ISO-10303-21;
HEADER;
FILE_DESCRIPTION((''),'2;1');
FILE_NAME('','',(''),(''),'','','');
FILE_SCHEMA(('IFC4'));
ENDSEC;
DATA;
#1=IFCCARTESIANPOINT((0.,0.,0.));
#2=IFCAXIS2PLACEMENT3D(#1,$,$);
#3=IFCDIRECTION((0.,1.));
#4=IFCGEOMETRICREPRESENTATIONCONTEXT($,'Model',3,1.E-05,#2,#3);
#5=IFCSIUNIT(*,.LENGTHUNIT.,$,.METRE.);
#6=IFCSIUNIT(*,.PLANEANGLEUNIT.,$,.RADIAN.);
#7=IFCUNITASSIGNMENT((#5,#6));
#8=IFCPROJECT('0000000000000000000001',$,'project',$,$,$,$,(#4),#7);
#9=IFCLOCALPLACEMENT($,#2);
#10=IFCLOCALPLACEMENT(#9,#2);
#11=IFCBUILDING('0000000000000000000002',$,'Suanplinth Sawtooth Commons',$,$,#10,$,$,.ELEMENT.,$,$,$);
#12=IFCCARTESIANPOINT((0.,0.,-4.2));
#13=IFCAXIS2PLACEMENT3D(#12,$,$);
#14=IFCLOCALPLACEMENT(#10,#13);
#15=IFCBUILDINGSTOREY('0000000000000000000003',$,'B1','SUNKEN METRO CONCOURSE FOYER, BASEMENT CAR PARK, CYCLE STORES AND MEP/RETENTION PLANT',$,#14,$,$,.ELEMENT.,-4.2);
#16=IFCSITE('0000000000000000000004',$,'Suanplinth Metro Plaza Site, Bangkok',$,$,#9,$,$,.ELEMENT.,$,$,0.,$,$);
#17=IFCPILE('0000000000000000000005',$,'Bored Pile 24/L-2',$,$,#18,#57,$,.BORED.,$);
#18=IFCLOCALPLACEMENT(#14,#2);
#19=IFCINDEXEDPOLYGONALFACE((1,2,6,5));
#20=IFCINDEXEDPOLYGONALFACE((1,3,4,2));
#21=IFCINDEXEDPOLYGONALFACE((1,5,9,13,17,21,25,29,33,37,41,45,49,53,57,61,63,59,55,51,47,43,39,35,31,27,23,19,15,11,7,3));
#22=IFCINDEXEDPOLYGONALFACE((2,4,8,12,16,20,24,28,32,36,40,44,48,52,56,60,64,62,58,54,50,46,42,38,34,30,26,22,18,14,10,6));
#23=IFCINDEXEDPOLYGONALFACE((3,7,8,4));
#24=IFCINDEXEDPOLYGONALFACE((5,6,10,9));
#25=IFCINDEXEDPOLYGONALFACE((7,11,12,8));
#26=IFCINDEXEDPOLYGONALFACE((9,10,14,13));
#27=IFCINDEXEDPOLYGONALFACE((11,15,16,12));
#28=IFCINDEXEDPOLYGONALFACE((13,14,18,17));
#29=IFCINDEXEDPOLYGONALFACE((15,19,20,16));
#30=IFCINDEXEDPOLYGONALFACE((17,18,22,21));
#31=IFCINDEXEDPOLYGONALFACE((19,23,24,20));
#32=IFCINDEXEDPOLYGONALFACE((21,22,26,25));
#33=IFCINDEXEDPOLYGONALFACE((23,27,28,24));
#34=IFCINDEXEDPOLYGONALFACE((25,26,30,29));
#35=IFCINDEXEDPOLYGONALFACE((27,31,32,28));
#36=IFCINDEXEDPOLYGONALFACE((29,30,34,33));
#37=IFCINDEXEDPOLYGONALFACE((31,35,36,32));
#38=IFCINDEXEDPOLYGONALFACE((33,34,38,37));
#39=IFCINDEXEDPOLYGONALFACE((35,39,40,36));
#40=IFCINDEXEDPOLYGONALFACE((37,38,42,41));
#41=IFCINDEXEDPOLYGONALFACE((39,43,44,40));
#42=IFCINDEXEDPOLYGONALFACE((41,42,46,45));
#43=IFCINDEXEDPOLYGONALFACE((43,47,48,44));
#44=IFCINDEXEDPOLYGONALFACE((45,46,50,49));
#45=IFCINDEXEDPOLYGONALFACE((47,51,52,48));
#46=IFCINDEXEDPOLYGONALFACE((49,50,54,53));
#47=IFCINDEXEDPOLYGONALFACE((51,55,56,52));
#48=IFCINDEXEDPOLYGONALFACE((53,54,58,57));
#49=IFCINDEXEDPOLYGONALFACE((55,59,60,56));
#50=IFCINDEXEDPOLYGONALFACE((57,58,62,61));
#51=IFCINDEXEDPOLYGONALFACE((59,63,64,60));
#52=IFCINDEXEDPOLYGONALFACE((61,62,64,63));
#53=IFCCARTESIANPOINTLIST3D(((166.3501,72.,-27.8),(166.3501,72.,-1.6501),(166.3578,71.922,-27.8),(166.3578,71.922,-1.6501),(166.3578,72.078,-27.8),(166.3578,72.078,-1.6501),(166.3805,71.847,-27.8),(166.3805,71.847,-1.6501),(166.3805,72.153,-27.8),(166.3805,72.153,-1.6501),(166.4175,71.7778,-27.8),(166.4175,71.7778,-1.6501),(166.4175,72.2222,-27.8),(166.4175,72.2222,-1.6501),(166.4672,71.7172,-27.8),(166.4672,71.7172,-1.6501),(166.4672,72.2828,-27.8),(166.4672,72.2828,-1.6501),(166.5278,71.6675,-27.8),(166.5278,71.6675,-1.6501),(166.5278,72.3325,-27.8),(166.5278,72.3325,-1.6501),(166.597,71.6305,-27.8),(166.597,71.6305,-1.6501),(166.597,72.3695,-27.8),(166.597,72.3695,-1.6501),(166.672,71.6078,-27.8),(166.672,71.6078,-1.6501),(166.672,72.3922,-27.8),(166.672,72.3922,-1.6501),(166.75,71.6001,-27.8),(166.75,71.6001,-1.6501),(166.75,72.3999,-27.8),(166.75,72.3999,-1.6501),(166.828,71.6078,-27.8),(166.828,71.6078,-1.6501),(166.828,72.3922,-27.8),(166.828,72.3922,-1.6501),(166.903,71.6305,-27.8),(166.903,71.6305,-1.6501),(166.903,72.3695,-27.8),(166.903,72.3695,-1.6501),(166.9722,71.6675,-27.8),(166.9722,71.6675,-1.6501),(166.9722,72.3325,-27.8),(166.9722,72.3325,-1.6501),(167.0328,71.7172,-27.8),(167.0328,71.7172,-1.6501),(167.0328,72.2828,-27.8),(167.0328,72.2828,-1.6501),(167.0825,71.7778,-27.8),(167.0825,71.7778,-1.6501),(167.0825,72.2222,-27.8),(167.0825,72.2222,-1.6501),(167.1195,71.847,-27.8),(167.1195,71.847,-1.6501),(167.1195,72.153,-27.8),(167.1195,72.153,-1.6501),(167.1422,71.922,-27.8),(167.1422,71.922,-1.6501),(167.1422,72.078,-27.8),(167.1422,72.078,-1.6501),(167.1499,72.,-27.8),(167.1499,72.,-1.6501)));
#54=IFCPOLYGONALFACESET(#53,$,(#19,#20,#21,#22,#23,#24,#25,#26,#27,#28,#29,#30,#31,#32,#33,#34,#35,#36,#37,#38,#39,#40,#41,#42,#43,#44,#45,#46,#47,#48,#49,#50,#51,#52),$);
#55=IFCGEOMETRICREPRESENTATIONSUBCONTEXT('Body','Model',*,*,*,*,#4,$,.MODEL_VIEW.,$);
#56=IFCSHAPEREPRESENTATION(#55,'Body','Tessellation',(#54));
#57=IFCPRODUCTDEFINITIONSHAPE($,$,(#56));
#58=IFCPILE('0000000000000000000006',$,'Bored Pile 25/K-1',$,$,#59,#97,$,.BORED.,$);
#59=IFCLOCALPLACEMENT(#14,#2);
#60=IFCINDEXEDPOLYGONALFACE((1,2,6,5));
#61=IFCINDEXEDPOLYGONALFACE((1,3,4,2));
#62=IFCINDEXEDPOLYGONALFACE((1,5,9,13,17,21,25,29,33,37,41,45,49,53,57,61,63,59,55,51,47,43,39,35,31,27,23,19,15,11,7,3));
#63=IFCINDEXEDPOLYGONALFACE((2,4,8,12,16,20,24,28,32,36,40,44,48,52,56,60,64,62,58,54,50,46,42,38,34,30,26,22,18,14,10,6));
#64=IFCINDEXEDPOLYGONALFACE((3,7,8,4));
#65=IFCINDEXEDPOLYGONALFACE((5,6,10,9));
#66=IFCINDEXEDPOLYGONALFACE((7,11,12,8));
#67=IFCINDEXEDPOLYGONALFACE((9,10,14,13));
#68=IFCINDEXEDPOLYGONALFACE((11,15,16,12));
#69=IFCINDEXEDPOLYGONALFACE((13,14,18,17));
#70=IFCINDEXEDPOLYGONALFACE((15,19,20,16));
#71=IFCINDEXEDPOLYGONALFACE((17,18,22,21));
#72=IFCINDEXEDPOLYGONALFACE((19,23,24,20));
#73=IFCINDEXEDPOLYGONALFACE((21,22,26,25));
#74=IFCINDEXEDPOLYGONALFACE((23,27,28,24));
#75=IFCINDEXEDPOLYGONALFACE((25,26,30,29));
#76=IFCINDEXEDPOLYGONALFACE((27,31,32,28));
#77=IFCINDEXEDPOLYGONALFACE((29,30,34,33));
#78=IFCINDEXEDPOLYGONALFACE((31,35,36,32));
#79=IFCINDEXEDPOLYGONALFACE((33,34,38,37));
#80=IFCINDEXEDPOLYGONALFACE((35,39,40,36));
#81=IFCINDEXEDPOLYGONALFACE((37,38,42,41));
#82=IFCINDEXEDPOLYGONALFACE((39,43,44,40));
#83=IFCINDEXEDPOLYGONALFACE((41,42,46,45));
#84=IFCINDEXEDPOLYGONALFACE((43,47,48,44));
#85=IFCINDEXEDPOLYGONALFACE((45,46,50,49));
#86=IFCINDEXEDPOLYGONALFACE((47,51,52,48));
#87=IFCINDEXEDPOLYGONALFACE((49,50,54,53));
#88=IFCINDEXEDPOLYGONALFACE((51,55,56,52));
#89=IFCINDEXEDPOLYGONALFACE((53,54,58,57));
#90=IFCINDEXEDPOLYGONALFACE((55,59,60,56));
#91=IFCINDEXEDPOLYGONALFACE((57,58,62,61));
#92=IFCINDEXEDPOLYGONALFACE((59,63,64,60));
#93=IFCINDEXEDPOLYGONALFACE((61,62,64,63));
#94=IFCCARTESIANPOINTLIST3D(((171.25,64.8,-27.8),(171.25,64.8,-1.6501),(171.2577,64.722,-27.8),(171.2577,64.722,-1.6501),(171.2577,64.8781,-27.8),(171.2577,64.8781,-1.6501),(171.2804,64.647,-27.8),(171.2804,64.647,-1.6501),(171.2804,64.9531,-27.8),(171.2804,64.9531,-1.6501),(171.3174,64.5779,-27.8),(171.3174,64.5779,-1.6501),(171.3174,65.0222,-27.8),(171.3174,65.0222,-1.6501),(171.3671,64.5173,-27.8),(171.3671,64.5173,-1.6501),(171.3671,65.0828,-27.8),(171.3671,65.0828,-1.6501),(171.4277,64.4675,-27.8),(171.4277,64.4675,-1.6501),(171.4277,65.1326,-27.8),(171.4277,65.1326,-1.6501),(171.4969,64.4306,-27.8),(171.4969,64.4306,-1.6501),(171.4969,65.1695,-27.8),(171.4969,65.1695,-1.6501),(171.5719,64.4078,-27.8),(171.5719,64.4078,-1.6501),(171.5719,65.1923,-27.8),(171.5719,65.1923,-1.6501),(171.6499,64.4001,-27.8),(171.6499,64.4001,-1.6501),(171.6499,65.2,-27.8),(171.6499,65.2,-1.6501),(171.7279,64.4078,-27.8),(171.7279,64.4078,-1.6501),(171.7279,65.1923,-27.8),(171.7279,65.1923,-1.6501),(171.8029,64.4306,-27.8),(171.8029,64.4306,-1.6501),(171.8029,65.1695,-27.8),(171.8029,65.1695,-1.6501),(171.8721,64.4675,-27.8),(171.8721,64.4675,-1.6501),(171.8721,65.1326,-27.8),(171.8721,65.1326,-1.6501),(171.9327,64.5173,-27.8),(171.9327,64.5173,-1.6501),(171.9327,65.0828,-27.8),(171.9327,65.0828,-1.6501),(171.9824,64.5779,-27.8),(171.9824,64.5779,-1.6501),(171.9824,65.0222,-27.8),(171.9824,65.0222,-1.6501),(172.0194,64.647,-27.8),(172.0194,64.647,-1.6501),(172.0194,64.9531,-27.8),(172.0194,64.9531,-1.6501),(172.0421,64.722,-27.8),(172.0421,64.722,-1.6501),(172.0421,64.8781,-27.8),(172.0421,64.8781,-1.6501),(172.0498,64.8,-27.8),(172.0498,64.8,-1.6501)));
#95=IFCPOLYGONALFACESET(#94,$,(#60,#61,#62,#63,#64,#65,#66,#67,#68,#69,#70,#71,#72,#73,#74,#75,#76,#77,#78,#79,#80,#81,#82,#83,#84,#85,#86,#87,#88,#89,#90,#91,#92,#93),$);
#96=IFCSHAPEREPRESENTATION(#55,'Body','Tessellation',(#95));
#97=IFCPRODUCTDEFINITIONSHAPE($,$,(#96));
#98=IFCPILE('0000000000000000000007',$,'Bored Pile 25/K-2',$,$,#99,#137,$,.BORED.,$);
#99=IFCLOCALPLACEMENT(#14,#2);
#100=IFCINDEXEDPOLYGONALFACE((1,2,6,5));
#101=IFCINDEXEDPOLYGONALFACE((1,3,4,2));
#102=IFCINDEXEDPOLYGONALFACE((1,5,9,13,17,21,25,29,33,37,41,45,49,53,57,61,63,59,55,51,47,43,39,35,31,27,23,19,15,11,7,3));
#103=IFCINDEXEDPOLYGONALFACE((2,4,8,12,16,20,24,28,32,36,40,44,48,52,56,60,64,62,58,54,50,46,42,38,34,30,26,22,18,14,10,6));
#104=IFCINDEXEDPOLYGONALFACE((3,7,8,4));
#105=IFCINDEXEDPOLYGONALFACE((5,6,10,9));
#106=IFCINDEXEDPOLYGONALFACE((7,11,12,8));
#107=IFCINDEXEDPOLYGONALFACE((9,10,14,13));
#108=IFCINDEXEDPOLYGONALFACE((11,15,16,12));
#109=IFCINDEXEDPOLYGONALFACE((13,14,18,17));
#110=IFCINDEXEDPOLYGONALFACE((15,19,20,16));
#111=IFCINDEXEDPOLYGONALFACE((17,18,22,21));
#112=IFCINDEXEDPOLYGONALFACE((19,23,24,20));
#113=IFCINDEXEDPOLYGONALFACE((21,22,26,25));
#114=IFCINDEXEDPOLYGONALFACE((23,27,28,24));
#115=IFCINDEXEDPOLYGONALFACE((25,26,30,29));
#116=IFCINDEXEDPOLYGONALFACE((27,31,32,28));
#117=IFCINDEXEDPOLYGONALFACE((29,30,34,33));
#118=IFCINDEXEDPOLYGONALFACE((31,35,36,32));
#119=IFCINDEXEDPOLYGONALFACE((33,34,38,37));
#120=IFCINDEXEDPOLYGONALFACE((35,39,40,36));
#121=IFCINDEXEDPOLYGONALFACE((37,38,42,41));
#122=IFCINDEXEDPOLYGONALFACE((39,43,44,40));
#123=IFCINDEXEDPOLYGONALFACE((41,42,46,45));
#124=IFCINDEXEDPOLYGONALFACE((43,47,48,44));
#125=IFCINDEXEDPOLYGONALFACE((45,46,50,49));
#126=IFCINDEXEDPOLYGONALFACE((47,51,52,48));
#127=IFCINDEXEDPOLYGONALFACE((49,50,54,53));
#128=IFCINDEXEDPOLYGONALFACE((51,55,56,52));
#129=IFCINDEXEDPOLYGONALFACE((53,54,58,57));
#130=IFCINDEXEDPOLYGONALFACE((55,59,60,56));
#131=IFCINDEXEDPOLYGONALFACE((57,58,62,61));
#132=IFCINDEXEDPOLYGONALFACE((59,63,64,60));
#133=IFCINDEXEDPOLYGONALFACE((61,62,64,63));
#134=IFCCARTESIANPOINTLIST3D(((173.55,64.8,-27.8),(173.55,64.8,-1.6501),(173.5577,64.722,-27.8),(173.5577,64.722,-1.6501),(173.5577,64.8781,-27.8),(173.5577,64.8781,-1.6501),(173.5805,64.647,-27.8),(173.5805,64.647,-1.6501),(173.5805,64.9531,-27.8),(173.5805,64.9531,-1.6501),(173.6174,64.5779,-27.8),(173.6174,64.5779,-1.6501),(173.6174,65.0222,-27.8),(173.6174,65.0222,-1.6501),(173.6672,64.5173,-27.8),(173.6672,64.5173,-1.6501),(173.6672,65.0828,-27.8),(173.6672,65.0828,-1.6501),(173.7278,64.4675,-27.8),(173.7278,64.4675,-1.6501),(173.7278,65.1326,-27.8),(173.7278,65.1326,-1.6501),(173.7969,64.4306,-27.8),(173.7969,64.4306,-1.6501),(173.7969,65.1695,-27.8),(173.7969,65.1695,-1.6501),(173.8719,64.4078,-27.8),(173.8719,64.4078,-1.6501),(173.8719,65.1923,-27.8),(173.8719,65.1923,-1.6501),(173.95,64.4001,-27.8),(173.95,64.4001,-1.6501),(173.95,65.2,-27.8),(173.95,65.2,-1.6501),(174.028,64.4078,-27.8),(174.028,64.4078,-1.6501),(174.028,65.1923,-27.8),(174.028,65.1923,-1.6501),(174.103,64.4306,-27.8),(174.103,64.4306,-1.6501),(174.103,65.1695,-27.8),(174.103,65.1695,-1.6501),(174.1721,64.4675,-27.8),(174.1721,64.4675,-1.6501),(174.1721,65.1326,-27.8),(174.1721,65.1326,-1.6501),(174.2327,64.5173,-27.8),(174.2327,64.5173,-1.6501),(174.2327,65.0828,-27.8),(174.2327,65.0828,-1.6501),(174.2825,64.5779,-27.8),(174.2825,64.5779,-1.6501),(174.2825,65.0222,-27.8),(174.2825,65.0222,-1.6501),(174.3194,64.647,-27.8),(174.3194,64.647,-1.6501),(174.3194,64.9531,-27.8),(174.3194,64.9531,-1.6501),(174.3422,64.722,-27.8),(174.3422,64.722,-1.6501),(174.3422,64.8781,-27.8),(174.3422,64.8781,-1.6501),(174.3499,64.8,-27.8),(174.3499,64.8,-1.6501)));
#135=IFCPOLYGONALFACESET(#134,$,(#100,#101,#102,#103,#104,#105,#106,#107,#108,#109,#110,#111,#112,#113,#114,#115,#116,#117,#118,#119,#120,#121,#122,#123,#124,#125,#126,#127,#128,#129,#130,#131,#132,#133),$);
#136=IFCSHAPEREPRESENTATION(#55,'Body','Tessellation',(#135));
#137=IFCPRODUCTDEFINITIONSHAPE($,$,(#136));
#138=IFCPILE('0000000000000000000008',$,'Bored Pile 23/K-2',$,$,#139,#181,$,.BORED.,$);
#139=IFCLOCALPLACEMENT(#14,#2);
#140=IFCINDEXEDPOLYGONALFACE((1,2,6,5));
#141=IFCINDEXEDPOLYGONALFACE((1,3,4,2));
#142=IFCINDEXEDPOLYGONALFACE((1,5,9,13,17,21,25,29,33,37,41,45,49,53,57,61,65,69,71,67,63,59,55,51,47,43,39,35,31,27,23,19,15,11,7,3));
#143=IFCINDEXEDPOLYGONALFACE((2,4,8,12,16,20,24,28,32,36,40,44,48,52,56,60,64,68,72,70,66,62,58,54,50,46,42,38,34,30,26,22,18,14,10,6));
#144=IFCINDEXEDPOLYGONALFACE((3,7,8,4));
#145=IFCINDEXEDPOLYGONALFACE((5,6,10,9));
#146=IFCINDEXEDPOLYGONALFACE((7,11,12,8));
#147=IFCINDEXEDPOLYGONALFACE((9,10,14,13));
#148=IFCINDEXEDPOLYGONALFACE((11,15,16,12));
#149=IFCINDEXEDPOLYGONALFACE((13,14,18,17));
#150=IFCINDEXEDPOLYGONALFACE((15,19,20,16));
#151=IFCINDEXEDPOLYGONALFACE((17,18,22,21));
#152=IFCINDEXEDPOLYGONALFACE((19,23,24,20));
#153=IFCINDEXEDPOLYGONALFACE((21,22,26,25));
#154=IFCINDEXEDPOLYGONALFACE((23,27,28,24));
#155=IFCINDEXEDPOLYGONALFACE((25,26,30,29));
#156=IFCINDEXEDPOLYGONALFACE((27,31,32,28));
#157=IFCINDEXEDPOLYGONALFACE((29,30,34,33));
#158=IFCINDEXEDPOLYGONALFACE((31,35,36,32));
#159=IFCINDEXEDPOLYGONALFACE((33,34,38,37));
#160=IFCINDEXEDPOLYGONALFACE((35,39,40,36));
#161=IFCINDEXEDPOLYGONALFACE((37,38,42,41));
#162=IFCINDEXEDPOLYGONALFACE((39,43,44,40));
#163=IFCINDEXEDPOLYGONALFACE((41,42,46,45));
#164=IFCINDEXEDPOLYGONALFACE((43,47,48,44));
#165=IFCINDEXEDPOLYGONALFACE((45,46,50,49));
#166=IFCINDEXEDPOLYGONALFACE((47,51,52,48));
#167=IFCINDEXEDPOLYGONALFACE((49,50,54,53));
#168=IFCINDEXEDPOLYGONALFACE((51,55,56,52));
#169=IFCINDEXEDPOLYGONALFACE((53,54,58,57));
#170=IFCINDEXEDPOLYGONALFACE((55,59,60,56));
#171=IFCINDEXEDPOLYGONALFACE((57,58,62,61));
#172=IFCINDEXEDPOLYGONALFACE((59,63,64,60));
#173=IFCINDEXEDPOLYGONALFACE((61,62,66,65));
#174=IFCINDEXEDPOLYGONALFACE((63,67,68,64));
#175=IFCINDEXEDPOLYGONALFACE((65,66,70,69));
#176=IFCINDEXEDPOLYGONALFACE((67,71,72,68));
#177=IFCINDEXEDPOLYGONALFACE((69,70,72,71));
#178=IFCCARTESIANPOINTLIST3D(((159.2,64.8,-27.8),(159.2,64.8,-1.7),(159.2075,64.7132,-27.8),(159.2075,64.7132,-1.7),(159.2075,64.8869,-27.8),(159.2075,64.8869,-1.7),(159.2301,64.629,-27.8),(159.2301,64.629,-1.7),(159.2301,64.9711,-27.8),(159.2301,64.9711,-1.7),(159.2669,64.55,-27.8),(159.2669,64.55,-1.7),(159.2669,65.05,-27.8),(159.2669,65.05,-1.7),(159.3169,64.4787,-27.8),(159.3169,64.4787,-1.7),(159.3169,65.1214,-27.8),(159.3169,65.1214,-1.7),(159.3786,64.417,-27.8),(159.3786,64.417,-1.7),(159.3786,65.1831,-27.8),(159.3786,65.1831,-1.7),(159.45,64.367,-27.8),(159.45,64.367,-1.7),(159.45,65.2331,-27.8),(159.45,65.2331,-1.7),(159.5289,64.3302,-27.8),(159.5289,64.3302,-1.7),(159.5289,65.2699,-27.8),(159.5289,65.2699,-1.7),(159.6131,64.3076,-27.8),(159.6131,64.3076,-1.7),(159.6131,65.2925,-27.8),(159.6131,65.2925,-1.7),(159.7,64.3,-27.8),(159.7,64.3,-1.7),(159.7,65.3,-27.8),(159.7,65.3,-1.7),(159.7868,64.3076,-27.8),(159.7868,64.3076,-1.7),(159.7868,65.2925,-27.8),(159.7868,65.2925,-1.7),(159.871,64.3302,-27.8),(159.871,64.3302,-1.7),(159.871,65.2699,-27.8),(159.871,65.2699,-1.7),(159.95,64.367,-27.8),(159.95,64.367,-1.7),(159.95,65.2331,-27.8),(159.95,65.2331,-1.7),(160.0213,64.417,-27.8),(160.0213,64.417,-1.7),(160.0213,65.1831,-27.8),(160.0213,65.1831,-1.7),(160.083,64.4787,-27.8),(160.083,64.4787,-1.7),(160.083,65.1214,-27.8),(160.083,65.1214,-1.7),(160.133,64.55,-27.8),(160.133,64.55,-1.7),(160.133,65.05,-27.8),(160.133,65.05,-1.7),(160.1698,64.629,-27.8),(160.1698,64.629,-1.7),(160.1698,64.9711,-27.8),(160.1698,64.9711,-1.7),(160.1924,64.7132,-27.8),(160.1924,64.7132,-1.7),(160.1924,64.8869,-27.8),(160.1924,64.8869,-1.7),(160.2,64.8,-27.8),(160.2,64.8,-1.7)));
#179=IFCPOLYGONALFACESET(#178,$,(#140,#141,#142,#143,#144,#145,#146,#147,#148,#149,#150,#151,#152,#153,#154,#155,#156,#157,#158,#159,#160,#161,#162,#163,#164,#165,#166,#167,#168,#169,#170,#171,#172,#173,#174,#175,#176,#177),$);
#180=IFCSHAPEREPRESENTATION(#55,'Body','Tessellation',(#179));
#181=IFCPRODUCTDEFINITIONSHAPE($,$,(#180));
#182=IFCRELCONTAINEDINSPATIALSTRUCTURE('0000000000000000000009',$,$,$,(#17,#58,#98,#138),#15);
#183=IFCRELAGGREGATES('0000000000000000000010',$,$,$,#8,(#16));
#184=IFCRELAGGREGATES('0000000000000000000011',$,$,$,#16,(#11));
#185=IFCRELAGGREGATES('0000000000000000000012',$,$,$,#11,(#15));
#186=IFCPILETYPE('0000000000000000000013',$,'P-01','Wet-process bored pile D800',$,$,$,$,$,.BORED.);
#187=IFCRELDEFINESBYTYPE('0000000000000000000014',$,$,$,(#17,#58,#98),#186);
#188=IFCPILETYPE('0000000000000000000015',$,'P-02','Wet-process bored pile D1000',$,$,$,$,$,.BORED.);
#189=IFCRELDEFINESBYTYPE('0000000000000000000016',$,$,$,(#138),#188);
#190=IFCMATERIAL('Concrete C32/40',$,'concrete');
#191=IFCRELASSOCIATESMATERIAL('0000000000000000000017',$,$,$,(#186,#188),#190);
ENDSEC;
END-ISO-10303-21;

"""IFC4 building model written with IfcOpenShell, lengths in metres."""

from ifc_helpers import new_model, si_unit, direction, frame, origin, origin_2d, place, context, subcontext, project, spatial, circle, extrude, material, material_profile, profile_set, type_object, element, save


model = new_model("IFC4")

# Units and contexts
model_context = context("Model", 3, precision=1e-05, world=origin(), true_north=direction((0.0, 1.0)))
body_context = subcontext(model_context, "Body", "Model", "MODEL_VIEW")
ifc_project = project(units=[si_unit("LENGTHUNIT", "METRE"), si_unit("PLANEANGLEUNIT", "RADIAN")], contexts=[model_context])

# Site, building, storey
site_placement = place(None, origin())
site = spatial("IfcSite", under=ifc_project, at=site_placement, Name="Suanplinth Metro Plaza Site, Bangkok", CompositionType="ELEMENT", RefElevation=0.0)
building_placement = place(site_placement, origin())
building = spatial("IfcBuilding", under=site, at=building_placement, Name="Suanplinth Sawtooth Commons", CompositionType="ELEMENT")
storey_placement = place(building_placement, frame((0.0, 0.0, -4.2)))
storey = spatial("IfcBuildingStorey", under=building, at=storey_placement, Name="B1", Description="SUNKEN METRO CONCOURSE FOYER, BASEMENT CAR PARK, CYCLE STORES AND MEP/RETENTION PLANT", CompositionType="ELEMENT", Elevation=-4.2)

# Piles
ifc_material_1 = material(Name="Concrete C32/40", Category="concrete")
ifc_material_profile_1 = material_profile(ifc_material_1, circle(Radius=0.3999, at=origin_2d()), Name="PILE D800")
ifc_profile_set_1 = profile_set([ifc_material_profile_1], Name="Concrete C32/40")
pile_type_1 = type_object("IfcPileType", Name="P-01", Description="Wet-process bored pile D800", PredefinedType="BORED", material=ifc_profile_set_1)
for number, where, z_axis, x_axis, name in (
    (1, (166.75, 72.0, -1.6501), (0.0, 0.0, -1.0), (1.0, 0.0, 0.0), "Bored Pile 24/L-2"),
    (2, (171.6499, 64.8, -1.6501), (0.0, 0.0, -1.0), (1.0, 0.0, 0.0), "Bored Pile 25/K-1"),
    (3, (173.95, 64.8, -1.6501), (0.0, 0.0, -1.0), (1.0, 0.0, 0.0), "Bored Pile 25/K-2"),
):
    element("IfcPile", number, at=place(storey_placement, frame(where, z_axis=z_axis, x_axis=x_axis)), inside=storey, type_object=pile_type_1, Name=name, PredefinedType="BORED", context=body_context, shape_type="SweptSolid", body=[
        extrude(circle(Radius=0.3999, at=origin_2d()), origin(), (0.0, 0.0, 1.0), 26.1499),
    ])
ifc_material_profile_2 = material_profile(ifc_material_1, circle(Radius=0.5, at=origin_2d()), Name="PILE D1000")
ifc_profile_set_2 = profile_set([ifc_material_profile_2], Name="Concrete C32/40")
pile_type_2 = type_object("IfcPileType", Name="P-02", Description="Wet-process bored pile D1000", PredefinedType="BORED", material=ifc_profile_set_2)
pile_placement = place(storey_placement, frame((159.7, 64.8, -1.7), z_axis=(0.0, 0.0, -1.0), x_axis=(1.0, 0.0, 0.0)))
element("IfcPile", 4, at=pile_placement, inside=storey, type_object=pile_type_2, Name="Bored Pile 23/K-2", PredefinedType="BORED", context=body_context, shape_type="SweptSolid", body=[
    extrude(circle(Radius=0.5, at=origin_2d()), origin(), (0.0, 0.0, 1.0), 26.1001),
])

save(model, "model.ifc")
